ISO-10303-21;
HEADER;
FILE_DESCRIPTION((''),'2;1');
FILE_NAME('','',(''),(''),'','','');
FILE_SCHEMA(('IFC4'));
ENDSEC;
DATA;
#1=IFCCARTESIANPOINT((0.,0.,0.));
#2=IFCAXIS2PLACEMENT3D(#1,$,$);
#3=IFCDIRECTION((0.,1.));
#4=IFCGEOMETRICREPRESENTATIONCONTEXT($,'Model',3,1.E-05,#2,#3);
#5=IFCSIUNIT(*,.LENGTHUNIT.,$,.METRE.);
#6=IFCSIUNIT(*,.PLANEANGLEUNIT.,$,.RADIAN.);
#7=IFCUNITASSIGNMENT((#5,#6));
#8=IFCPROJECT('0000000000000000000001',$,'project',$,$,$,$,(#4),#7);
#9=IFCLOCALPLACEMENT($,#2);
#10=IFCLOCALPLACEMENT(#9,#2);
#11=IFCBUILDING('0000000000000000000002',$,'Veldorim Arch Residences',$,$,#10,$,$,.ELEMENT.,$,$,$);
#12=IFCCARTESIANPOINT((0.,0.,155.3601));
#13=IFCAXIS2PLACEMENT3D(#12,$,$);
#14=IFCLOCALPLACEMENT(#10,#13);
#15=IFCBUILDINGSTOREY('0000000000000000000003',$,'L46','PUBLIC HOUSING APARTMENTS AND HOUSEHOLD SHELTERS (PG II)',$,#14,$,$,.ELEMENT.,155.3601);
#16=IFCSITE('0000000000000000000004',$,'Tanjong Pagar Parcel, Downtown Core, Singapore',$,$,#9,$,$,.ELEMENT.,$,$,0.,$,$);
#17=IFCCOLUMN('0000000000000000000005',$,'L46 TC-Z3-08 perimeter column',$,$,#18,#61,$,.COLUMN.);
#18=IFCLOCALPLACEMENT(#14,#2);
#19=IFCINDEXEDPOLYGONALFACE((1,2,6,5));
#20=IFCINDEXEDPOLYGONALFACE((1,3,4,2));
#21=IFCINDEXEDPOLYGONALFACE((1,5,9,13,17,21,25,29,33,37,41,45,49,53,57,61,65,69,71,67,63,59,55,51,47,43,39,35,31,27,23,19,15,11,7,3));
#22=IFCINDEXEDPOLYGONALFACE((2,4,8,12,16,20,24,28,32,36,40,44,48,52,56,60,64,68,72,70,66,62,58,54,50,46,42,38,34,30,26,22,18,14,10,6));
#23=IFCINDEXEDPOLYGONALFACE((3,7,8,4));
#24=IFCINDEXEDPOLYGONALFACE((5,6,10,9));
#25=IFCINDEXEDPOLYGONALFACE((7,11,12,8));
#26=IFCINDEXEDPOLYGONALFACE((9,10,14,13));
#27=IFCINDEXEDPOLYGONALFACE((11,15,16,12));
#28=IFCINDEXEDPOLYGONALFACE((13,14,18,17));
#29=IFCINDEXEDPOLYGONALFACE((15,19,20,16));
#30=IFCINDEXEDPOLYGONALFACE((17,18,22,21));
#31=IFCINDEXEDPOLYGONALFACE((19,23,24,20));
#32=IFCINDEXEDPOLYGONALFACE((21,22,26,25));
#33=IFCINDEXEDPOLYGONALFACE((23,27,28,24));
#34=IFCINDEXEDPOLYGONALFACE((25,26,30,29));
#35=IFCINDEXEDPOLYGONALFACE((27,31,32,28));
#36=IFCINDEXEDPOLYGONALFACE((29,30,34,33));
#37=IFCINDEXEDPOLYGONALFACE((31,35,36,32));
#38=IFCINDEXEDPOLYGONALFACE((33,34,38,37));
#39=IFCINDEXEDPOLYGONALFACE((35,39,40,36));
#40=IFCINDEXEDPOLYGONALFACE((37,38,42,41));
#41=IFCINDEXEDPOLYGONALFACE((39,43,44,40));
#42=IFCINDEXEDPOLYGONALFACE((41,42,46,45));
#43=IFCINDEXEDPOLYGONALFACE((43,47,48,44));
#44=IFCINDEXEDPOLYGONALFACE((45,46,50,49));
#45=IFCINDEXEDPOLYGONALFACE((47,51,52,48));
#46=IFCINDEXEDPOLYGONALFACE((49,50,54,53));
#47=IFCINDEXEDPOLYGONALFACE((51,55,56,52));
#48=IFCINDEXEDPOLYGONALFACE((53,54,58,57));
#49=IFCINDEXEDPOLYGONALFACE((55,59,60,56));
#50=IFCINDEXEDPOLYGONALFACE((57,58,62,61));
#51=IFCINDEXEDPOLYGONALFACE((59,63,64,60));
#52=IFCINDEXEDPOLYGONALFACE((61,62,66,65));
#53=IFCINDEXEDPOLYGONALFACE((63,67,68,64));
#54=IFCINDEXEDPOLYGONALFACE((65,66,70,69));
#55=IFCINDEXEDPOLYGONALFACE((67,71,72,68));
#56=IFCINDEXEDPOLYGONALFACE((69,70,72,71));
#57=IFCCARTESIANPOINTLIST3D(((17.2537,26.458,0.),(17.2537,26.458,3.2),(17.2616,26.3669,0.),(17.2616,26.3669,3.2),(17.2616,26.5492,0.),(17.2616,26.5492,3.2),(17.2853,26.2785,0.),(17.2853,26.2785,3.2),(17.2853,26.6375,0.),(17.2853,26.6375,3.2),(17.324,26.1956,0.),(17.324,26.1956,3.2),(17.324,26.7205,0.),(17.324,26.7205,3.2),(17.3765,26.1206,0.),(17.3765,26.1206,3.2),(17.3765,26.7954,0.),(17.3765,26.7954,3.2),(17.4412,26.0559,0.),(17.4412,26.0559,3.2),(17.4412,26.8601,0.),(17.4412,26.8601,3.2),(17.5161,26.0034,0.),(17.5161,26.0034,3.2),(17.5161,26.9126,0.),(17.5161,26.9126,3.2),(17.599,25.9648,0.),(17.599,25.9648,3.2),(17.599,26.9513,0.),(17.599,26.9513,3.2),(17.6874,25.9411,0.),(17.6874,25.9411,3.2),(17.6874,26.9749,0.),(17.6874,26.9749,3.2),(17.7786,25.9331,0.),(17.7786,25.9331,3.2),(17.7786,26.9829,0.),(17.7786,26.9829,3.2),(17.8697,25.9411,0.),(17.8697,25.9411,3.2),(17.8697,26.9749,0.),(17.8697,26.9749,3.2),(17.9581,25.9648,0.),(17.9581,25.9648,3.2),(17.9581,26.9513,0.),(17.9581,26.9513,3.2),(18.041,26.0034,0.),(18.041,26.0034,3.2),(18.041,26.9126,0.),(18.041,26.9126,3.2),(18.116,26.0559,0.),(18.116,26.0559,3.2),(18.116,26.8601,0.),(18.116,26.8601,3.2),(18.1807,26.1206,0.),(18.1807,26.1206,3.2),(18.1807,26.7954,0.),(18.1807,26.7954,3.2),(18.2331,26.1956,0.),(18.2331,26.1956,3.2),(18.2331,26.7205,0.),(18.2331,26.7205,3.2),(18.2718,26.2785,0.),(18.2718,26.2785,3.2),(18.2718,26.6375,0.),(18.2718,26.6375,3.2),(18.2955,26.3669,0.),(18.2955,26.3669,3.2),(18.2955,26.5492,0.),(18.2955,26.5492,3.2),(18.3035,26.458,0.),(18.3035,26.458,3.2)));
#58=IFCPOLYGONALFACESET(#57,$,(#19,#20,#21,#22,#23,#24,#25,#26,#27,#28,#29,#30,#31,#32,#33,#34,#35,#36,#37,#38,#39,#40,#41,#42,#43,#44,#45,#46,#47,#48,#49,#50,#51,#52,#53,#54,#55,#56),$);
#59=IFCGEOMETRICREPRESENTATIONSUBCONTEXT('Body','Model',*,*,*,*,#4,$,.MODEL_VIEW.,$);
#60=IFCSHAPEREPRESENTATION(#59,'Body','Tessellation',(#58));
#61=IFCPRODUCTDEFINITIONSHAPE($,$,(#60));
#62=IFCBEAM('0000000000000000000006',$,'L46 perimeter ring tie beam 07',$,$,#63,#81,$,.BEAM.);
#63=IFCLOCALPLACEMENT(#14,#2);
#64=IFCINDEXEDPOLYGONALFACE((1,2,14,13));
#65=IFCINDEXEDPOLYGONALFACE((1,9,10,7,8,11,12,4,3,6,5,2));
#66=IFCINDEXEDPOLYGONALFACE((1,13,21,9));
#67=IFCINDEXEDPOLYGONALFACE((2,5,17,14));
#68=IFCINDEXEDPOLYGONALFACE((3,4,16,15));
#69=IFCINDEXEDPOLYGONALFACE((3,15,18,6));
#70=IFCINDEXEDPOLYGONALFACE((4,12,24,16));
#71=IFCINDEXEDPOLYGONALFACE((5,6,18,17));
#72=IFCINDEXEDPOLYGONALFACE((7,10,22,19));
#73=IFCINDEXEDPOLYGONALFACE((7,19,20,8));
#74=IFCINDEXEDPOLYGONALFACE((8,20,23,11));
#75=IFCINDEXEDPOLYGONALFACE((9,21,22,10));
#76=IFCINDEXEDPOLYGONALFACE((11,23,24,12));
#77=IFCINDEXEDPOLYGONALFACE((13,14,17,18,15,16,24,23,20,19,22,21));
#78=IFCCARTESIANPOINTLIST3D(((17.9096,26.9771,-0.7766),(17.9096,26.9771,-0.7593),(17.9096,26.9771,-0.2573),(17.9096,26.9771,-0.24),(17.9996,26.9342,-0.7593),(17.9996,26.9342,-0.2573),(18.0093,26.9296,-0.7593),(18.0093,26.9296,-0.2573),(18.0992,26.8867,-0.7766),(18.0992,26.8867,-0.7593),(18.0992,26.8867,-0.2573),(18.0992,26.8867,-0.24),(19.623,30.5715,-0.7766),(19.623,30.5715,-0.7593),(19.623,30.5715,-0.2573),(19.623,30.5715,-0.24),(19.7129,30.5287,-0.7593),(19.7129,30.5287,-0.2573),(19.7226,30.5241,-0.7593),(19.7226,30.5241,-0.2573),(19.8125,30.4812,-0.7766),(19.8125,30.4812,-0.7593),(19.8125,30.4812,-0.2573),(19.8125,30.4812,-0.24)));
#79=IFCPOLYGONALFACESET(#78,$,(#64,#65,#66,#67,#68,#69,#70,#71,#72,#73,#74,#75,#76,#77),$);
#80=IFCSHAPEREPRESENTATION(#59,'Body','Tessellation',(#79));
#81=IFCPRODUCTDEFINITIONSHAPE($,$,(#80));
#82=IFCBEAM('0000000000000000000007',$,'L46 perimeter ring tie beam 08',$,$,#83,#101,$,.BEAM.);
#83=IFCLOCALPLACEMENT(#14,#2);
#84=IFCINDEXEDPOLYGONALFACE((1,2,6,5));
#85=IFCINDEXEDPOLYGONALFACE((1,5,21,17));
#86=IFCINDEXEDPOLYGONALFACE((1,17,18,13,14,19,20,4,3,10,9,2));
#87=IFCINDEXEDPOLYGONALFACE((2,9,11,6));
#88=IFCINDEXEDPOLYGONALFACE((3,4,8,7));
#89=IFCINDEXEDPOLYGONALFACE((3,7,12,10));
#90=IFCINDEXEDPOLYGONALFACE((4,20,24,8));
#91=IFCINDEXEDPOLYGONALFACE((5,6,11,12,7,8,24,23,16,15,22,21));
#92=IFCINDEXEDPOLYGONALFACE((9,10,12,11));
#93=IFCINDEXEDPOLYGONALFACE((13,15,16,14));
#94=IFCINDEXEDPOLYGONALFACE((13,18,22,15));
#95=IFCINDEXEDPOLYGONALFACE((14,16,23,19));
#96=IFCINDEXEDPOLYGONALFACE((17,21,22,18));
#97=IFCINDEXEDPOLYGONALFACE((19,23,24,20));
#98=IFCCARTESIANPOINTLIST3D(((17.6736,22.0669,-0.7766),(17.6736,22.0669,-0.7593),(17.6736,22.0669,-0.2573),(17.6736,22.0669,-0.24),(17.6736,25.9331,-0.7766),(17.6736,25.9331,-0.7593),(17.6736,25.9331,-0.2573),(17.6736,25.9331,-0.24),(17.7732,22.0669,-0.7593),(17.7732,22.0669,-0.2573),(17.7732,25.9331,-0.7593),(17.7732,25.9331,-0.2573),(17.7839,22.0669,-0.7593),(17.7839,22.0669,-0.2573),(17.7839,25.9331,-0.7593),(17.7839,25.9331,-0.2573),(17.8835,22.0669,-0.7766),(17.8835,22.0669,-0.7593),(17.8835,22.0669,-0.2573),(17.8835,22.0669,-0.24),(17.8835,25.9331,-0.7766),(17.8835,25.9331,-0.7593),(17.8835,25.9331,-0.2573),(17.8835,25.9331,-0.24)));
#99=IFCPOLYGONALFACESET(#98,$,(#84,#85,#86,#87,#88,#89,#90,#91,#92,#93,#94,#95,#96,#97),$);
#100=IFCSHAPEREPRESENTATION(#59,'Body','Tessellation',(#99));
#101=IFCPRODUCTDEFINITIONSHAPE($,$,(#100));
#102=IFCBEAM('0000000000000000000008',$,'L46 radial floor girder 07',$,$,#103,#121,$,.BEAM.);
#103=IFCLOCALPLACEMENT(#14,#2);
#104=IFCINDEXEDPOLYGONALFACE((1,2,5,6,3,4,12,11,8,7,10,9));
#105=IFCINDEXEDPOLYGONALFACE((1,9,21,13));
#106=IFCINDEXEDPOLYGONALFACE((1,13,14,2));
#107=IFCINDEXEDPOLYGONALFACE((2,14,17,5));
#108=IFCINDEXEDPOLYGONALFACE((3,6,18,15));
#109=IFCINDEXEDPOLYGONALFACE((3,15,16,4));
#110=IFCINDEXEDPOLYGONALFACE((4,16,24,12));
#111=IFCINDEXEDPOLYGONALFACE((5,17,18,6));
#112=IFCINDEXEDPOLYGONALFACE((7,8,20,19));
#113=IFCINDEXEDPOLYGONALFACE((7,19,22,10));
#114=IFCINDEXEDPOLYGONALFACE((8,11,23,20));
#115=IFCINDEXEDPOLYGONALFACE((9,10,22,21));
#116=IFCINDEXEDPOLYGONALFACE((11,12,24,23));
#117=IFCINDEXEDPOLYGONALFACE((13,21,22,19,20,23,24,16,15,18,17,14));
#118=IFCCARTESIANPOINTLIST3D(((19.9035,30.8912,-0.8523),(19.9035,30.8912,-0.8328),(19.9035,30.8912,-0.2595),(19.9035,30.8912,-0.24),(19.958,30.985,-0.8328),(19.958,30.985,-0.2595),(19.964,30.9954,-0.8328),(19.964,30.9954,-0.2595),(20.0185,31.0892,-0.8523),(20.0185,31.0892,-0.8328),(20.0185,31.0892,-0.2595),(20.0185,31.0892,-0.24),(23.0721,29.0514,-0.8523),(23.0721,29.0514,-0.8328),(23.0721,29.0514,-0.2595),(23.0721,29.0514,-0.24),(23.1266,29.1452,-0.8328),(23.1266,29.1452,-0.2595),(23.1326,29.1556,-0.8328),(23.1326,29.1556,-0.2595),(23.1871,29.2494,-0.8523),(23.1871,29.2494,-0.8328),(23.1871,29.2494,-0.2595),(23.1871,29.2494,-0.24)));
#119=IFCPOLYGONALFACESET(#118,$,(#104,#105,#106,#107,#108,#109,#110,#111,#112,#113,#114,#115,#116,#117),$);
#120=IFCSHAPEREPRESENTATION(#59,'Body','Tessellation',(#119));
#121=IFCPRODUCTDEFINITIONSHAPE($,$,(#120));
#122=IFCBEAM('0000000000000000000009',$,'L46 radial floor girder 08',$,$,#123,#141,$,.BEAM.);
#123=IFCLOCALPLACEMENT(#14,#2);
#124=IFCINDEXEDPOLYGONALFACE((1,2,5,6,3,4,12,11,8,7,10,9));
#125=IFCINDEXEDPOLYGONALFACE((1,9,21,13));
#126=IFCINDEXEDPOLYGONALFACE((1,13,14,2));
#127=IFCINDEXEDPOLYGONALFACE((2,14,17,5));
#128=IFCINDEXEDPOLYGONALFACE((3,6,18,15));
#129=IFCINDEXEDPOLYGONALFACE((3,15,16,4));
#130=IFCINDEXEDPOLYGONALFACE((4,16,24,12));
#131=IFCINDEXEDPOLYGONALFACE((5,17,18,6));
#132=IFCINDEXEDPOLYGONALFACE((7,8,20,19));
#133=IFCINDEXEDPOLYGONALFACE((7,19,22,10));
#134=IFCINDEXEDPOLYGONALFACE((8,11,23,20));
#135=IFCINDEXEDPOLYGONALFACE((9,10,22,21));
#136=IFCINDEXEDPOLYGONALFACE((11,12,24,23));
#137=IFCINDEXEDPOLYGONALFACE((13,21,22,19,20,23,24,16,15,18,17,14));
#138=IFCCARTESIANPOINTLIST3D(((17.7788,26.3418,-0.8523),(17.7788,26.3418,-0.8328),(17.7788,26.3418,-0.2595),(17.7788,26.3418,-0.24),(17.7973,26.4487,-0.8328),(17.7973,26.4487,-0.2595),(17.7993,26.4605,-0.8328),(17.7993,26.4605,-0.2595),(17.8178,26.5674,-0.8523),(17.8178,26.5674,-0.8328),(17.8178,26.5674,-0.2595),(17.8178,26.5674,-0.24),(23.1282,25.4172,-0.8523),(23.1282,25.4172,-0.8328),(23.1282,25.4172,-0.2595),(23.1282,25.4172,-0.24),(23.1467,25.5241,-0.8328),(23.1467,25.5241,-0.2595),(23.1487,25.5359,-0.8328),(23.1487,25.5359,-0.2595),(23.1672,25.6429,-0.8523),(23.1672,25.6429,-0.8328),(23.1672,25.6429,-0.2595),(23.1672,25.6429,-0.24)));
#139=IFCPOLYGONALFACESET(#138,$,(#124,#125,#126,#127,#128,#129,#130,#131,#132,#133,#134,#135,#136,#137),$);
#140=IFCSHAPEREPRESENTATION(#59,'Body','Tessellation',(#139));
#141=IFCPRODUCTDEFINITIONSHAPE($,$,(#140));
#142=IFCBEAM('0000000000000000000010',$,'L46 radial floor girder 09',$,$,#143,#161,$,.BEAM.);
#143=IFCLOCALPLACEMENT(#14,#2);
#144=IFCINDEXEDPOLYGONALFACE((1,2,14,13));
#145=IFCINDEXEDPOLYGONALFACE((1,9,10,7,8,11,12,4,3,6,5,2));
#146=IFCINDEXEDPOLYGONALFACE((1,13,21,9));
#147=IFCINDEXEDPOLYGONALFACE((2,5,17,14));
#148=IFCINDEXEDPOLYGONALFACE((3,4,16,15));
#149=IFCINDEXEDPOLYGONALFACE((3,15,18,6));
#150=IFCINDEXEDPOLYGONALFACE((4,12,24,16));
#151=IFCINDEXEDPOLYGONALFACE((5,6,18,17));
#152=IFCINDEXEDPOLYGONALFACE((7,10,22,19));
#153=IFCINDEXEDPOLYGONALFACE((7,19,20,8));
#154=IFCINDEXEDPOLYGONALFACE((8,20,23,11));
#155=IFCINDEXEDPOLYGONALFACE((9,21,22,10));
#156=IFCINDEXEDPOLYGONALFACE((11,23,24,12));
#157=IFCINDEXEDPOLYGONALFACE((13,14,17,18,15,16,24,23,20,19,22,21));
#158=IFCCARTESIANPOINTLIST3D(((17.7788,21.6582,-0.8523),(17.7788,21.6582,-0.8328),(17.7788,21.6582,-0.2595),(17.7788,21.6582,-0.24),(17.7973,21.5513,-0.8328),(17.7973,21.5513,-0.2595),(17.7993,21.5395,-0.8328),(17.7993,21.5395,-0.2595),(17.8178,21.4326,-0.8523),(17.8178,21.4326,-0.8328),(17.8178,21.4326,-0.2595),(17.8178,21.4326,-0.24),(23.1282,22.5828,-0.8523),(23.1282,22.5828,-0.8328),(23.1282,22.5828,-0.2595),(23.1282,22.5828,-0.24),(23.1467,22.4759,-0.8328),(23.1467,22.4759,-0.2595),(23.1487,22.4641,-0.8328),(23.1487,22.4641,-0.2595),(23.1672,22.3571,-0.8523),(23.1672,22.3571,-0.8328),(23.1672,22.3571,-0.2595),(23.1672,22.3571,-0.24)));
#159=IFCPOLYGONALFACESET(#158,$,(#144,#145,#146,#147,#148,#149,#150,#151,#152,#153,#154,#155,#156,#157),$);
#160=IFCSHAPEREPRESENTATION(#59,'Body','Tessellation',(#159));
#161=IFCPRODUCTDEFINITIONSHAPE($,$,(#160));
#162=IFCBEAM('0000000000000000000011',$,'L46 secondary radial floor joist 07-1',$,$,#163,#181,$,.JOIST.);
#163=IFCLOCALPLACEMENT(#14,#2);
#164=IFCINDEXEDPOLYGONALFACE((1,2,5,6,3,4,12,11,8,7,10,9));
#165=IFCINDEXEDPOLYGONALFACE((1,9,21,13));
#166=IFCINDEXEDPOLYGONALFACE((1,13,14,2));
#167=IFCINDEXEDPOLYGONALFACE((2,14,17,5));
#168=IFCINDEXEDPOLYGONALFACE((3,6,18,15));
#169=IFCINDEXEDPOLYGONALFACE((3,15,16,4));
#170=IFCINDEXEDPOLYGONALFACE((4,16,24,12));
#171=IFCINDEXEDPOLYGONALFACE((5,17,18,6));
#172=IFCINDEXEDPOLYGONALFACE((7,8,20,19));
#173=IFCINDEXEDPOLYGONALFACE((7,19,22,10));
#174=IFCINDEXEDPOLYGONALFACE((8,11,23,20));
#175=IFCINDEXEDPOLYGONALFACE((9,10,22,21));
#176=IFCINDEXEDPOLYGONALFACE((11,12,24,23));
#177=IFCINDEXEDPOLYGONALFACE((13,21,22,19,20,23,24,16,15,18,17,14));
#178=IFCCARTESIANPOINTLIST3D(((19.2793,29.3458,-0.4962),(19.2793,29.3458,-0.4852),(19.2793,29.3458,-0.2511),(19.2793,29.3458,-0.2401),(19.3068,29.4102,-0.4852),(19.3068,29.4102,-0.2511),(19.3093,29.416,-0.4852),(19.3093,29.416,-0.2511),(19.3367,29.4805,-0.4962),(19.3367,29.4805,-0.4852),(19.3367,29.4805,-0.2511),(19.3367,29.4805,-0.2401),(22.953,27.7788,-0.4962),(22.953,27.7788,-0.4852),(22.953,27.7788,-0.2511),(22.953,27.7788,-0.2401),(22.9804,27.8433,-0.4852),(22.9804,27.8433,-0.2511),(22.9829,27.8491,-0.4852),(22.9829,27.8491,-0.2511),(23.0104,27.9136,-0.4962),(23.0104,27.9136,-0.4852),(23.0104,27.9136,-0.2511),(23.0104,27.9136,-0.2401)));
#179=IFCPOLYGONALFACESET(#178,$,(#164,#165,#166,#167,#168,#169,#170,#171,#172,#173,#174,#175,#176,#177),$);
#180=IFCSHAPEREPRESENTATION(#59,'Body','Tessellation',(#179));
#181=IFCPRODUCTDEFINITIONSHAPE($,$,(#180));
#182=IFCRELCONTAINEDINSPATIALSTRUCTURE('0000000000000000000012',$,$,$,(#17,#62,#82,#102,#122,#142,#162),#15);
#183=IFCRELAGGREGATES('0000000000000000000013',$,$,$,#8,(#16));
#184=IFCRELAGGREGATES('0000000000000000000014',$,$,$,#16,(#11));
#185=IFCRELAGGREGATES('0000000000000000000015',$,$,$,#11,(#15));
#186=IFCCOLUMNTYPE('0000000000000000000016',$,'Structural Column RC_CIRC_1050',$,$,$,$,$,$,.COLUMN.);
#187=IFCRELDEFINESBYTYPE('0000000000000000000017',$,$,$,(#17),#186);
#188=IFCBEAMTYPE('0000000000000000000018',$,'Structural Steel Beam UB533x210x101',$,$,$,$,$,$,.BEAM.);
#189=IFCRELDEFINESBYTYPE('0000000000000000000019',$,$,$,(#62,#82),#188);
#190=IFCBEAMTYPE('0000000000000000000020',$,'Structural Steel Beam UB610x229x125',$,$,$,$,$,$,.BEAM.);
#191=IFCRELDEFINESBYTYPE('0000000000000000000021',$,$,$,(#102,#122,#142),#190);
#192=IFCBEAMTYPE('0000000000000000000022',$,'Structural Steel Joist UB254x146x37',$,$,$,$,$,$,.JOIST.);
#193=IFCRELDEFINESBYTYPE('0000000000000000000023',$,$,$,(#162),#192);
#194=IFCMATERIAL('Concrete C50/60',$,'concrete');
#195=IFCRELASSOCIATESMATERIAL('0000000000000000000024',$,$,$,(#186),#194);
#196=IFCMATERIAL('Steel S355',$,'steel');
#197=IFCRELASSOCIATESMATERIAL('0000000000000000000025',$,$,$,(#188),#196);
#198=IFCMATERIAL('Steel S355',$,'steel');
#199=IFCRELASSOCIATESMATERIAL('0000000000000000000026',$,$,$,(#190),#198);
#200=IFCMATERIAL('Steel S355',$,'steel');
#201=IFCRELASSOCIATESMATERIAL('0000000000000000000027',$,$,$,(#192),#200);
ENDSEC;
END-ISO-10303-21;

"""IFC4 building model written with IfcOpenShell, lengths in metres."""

from ifc_helpers import new_model, si_unit, direction, frame, origin, origin_2d, place, context, subcontext, project, spatial, circle, i_section, extrude, material, material_profile, profile_set, type_object, element, save


model = new_model("IFC4")

# Units and contexts
model_context = context("Model", 3, precision=1e-05, world=origin(), true_north=direction((0.0, 1.0)))
body_context = subcontext(model_context, "Body", "Model", "MODEL_VIEW")
ifc_project = project(units=[si_unit("LENGTHUNIT", "METRE"), si_unit("PLANEANGLEUNIT", "RADIAN")], contexts=[model_context])

# Site, building, storey
site_placement = place(None, origin())
site = spatial("IfcSite", under=ifc_project, at=site_placement, Name="Tanjong Pagar Parcel, Downtown Core, Singapore", CompositionType="ELEMENT", RefElevation=0.0)
building_placement = place(site_placement, origin())
building = spatial("IfcBuilding", under=site, at=building_placement, Name="Veldorim Arch Residences", CompositionType="ELEMENT")
storey_placement = place(building_placement, frame((0.0, 0.0, 155.3601)))
storey = spatial("IfcBuildingStorey", under=building, at=storey_placement, Name="L46", Description="PUBLIC HOUSING APARTMENTS AND HOUSEHOLD SHELTERS (PG II)", CompositionType="ELEMENT", Elevation=155.3601)

# Column
ifc_material_1 = material(Name="Concrete C50/60", Category="concrete")
ifc_material_profile_1 = material_profile(ifc_material_1, circle(Radius=0.5249, at=origin_2d()), Name="RC_CIRC_1050")
ifc_profile_set_1 = profile_set([ifc_material_profile_1], Name="Concrete C50/60")
column_type = type_object("IfcColumnType", Name="Structural Column RC_CIRC_1050", PredefinedType="COLUMN", material=ifc_profile_set_1)
column_placement = place(storey_placement, frame((17.7786, 26.458, 0.0), z_axis=(0.0, 0.0, 1.0), x_axis=(1.0, 0.0, 0.0)))
element("IfcColumn", 1, at=column_placement, inside=storey, type_object=column_type, Name="L46 TC-Z3-08 perimeter column", PredefinedType="COLUMN", context=body_context, shape_type="SweptSolid", body=[
    extrude(circle(Radius=0.5249, at=origin_2d()), origin(), (0.0, 0.0, 1.0), 3.2),
])

# Beams
ifc_material_2 = material(Name="Steel S355", Category="steel")
ifc_material_profile_2 = material_profile(ifc_material_2, i_section(OverallWidth=0.21, OverallDepth=0.5366, WebThickness=0.0107, FlangeThickness=0.0173, at=origin_2d()), Name="UB533x210x101")
ifc_profile_set_2 = profile_set([ifc_material_profile_2], Name="Steel S355")
beam_type_1 = type_object("IfcBeamType", Name="Structural Steel Beam UB533x210x101", PredefinedType="BEAM", material=ifc_profile_set_2)
beam_1_placement = place(storey_placement, frame((19.7178, 30.5264, -0.5083), z_axis=(-0.430286, -0.902693, 0.0), x_axis=(0.902693, -0.430286, 0.0)))
element("IfcBeam", 2, at=beam_1_placement, inside=storey, type_object=beam_type_1, Name="L46 perimeter ring tie beam 07", PredefinedType="BEAM", context=body_context, shape_type="SweptSolid", body=[
    extrude(i_section(OverallWidth=0.21, OverallDepth=0.5366, WebThickness=0.0107, FlangeThickness=0.0173, at=origin_2d()), origin(), (0.0, 0.0, 1.0), 3.9819),
])
beam_2_placement = place(storey_placement, frame((17.7786, 25.9331, -0.5083), z_axis=(0.0, -1.0, 0.0), x_axis=(1.0, 0.0, 0.0)))
element("IfcBeam", 3, at=beam_2_placement, inside=storey, type_object=beam_type_1, Name="L46 perimeter ring tie beam 08", PredefinedType="BEAM", context=body_context, shape_type="SweptSolid", body=[
    extrude(i_section(OverallWidth=0.21, OverallDepth=0.5366, WebThickness=0.0107, FlangeThickness=0.0173, at=origin_2d()), origin(), (0.0, 0.0, 1.0), 3.8662),
])
ifc_material_3 = material(Name="Steel S355", Category="steel")
ifc_material_profile_3 = material_profile(ifc_material_3, i_section(OverallWidth=0.229, OverallDepth=0.6123, WebThickness=0.012, FlangeThickness=0.0195, at=origin_2d()), Name="UB610x229x125")
ifc_profile_set_3 = profile_set([ifc_material_profile_3], Name="Steel S355")
beam_type_2 = type_object("IfcBeamType", Name="Structural Steel Beam UB610x229x125", PredefinedType="BEAM", material=ifc_profile_set_3)
beam_3_placement = place(storey_placement, frame((23.1296, 29.1504, -0.5461), z_axis=(-0.864795, 0.502126, 0.0), x_axis=(-0.502126, -0.864795, 0.0)))
element("IfcBeam", 4, at=beam_3_placement, inside=storey, type_object=beam_type_2, Name="L46 radial floor girder 07", PredefinedType="BEAM", context=body_context, shape_type="SweptSolid", body=[
    extrude(i_section(OverallWidth=0.229, OverallDepth=0.6123, WebThickness=0.012, FlangeThickness=0.0195, at=origin_2d()), origin(), (0.0, 0.0, 1.0), 3.6641),
])
for number, where, z_axis, x_axis, name in (
    (5, (23.1477, 25.53, -0.5461), (-0.98539, 0.170311, 0.0), (-0.170311, -0.98539, 0.0), "L46 radial floor girder 08"),
    (6, (23.1477, 22.47, -0.5461), (-0.98539, -0.170311, 0.0), (0.170311, -0.98539, 0.0), "L46 radial floor girder 09"),
):
    element("IfcBeam", number, at=place(storey_placement, frame(where, z_axis=z_axis, x_axis=x_axis)), inside=storey, type_object=beam_type_2, Name=name, PredefinedType="BEAM", context=body_context, shape_type="SweptSolid", body=[
        extrude(i_section(OverallWidth=0.229, OverallDepth=0.6123, WebThickness=0.012, FlangeThickness=0.0195, at=origin_2d()), origin(), (0.0, 0.0, 1.0), 5.4287),
    ])
ifc_material_4 = material(Name="Steel S355", Category="steel")
ifc_material_profile_4 = material_profile(ifc_material_4, i_section(OverallWidth=0.1465, OverallDepth=0.2561, WebThickness=0.0063, FlangeThickness=0.011, at=origin_2d()), Name="UB254x146x37")
ifc_profile_set_4 = profile_set([ifc_material_profile_4], Name="Steel S355")
beam_type_3 = type_object("IfcBeamType", Name="Structural Steel Joist UB254x146x37", PredefinedType="JOIST", material=ifc_profile_set_4)
beam_4_placement = place(storey_placement, frame((22.9817, 27.8462, -0.3682), z_axis=(-0.919823, 0.392332, 0.0), x_axis=(-0.392332, -0.919823, 0.0)))
element("IfcBeam", 7, at=beam_4_placement, inside=storey, type_object=beam_type_3, Name="L46 secondary radial floor joist 07-1", PredefinedType="JOIST", context=body_context, shape_type="SweptSolid", body=[
    extrude(i_section(OverallWidth=0.1465, OverallDepth=0.2561, WebThickness=0.0063, FlangeThickness=0.011, at=origin_2d()), origin(), (0.0, 0.0, 1.0), 3.9939),
])

save(model, "model.ifc")
